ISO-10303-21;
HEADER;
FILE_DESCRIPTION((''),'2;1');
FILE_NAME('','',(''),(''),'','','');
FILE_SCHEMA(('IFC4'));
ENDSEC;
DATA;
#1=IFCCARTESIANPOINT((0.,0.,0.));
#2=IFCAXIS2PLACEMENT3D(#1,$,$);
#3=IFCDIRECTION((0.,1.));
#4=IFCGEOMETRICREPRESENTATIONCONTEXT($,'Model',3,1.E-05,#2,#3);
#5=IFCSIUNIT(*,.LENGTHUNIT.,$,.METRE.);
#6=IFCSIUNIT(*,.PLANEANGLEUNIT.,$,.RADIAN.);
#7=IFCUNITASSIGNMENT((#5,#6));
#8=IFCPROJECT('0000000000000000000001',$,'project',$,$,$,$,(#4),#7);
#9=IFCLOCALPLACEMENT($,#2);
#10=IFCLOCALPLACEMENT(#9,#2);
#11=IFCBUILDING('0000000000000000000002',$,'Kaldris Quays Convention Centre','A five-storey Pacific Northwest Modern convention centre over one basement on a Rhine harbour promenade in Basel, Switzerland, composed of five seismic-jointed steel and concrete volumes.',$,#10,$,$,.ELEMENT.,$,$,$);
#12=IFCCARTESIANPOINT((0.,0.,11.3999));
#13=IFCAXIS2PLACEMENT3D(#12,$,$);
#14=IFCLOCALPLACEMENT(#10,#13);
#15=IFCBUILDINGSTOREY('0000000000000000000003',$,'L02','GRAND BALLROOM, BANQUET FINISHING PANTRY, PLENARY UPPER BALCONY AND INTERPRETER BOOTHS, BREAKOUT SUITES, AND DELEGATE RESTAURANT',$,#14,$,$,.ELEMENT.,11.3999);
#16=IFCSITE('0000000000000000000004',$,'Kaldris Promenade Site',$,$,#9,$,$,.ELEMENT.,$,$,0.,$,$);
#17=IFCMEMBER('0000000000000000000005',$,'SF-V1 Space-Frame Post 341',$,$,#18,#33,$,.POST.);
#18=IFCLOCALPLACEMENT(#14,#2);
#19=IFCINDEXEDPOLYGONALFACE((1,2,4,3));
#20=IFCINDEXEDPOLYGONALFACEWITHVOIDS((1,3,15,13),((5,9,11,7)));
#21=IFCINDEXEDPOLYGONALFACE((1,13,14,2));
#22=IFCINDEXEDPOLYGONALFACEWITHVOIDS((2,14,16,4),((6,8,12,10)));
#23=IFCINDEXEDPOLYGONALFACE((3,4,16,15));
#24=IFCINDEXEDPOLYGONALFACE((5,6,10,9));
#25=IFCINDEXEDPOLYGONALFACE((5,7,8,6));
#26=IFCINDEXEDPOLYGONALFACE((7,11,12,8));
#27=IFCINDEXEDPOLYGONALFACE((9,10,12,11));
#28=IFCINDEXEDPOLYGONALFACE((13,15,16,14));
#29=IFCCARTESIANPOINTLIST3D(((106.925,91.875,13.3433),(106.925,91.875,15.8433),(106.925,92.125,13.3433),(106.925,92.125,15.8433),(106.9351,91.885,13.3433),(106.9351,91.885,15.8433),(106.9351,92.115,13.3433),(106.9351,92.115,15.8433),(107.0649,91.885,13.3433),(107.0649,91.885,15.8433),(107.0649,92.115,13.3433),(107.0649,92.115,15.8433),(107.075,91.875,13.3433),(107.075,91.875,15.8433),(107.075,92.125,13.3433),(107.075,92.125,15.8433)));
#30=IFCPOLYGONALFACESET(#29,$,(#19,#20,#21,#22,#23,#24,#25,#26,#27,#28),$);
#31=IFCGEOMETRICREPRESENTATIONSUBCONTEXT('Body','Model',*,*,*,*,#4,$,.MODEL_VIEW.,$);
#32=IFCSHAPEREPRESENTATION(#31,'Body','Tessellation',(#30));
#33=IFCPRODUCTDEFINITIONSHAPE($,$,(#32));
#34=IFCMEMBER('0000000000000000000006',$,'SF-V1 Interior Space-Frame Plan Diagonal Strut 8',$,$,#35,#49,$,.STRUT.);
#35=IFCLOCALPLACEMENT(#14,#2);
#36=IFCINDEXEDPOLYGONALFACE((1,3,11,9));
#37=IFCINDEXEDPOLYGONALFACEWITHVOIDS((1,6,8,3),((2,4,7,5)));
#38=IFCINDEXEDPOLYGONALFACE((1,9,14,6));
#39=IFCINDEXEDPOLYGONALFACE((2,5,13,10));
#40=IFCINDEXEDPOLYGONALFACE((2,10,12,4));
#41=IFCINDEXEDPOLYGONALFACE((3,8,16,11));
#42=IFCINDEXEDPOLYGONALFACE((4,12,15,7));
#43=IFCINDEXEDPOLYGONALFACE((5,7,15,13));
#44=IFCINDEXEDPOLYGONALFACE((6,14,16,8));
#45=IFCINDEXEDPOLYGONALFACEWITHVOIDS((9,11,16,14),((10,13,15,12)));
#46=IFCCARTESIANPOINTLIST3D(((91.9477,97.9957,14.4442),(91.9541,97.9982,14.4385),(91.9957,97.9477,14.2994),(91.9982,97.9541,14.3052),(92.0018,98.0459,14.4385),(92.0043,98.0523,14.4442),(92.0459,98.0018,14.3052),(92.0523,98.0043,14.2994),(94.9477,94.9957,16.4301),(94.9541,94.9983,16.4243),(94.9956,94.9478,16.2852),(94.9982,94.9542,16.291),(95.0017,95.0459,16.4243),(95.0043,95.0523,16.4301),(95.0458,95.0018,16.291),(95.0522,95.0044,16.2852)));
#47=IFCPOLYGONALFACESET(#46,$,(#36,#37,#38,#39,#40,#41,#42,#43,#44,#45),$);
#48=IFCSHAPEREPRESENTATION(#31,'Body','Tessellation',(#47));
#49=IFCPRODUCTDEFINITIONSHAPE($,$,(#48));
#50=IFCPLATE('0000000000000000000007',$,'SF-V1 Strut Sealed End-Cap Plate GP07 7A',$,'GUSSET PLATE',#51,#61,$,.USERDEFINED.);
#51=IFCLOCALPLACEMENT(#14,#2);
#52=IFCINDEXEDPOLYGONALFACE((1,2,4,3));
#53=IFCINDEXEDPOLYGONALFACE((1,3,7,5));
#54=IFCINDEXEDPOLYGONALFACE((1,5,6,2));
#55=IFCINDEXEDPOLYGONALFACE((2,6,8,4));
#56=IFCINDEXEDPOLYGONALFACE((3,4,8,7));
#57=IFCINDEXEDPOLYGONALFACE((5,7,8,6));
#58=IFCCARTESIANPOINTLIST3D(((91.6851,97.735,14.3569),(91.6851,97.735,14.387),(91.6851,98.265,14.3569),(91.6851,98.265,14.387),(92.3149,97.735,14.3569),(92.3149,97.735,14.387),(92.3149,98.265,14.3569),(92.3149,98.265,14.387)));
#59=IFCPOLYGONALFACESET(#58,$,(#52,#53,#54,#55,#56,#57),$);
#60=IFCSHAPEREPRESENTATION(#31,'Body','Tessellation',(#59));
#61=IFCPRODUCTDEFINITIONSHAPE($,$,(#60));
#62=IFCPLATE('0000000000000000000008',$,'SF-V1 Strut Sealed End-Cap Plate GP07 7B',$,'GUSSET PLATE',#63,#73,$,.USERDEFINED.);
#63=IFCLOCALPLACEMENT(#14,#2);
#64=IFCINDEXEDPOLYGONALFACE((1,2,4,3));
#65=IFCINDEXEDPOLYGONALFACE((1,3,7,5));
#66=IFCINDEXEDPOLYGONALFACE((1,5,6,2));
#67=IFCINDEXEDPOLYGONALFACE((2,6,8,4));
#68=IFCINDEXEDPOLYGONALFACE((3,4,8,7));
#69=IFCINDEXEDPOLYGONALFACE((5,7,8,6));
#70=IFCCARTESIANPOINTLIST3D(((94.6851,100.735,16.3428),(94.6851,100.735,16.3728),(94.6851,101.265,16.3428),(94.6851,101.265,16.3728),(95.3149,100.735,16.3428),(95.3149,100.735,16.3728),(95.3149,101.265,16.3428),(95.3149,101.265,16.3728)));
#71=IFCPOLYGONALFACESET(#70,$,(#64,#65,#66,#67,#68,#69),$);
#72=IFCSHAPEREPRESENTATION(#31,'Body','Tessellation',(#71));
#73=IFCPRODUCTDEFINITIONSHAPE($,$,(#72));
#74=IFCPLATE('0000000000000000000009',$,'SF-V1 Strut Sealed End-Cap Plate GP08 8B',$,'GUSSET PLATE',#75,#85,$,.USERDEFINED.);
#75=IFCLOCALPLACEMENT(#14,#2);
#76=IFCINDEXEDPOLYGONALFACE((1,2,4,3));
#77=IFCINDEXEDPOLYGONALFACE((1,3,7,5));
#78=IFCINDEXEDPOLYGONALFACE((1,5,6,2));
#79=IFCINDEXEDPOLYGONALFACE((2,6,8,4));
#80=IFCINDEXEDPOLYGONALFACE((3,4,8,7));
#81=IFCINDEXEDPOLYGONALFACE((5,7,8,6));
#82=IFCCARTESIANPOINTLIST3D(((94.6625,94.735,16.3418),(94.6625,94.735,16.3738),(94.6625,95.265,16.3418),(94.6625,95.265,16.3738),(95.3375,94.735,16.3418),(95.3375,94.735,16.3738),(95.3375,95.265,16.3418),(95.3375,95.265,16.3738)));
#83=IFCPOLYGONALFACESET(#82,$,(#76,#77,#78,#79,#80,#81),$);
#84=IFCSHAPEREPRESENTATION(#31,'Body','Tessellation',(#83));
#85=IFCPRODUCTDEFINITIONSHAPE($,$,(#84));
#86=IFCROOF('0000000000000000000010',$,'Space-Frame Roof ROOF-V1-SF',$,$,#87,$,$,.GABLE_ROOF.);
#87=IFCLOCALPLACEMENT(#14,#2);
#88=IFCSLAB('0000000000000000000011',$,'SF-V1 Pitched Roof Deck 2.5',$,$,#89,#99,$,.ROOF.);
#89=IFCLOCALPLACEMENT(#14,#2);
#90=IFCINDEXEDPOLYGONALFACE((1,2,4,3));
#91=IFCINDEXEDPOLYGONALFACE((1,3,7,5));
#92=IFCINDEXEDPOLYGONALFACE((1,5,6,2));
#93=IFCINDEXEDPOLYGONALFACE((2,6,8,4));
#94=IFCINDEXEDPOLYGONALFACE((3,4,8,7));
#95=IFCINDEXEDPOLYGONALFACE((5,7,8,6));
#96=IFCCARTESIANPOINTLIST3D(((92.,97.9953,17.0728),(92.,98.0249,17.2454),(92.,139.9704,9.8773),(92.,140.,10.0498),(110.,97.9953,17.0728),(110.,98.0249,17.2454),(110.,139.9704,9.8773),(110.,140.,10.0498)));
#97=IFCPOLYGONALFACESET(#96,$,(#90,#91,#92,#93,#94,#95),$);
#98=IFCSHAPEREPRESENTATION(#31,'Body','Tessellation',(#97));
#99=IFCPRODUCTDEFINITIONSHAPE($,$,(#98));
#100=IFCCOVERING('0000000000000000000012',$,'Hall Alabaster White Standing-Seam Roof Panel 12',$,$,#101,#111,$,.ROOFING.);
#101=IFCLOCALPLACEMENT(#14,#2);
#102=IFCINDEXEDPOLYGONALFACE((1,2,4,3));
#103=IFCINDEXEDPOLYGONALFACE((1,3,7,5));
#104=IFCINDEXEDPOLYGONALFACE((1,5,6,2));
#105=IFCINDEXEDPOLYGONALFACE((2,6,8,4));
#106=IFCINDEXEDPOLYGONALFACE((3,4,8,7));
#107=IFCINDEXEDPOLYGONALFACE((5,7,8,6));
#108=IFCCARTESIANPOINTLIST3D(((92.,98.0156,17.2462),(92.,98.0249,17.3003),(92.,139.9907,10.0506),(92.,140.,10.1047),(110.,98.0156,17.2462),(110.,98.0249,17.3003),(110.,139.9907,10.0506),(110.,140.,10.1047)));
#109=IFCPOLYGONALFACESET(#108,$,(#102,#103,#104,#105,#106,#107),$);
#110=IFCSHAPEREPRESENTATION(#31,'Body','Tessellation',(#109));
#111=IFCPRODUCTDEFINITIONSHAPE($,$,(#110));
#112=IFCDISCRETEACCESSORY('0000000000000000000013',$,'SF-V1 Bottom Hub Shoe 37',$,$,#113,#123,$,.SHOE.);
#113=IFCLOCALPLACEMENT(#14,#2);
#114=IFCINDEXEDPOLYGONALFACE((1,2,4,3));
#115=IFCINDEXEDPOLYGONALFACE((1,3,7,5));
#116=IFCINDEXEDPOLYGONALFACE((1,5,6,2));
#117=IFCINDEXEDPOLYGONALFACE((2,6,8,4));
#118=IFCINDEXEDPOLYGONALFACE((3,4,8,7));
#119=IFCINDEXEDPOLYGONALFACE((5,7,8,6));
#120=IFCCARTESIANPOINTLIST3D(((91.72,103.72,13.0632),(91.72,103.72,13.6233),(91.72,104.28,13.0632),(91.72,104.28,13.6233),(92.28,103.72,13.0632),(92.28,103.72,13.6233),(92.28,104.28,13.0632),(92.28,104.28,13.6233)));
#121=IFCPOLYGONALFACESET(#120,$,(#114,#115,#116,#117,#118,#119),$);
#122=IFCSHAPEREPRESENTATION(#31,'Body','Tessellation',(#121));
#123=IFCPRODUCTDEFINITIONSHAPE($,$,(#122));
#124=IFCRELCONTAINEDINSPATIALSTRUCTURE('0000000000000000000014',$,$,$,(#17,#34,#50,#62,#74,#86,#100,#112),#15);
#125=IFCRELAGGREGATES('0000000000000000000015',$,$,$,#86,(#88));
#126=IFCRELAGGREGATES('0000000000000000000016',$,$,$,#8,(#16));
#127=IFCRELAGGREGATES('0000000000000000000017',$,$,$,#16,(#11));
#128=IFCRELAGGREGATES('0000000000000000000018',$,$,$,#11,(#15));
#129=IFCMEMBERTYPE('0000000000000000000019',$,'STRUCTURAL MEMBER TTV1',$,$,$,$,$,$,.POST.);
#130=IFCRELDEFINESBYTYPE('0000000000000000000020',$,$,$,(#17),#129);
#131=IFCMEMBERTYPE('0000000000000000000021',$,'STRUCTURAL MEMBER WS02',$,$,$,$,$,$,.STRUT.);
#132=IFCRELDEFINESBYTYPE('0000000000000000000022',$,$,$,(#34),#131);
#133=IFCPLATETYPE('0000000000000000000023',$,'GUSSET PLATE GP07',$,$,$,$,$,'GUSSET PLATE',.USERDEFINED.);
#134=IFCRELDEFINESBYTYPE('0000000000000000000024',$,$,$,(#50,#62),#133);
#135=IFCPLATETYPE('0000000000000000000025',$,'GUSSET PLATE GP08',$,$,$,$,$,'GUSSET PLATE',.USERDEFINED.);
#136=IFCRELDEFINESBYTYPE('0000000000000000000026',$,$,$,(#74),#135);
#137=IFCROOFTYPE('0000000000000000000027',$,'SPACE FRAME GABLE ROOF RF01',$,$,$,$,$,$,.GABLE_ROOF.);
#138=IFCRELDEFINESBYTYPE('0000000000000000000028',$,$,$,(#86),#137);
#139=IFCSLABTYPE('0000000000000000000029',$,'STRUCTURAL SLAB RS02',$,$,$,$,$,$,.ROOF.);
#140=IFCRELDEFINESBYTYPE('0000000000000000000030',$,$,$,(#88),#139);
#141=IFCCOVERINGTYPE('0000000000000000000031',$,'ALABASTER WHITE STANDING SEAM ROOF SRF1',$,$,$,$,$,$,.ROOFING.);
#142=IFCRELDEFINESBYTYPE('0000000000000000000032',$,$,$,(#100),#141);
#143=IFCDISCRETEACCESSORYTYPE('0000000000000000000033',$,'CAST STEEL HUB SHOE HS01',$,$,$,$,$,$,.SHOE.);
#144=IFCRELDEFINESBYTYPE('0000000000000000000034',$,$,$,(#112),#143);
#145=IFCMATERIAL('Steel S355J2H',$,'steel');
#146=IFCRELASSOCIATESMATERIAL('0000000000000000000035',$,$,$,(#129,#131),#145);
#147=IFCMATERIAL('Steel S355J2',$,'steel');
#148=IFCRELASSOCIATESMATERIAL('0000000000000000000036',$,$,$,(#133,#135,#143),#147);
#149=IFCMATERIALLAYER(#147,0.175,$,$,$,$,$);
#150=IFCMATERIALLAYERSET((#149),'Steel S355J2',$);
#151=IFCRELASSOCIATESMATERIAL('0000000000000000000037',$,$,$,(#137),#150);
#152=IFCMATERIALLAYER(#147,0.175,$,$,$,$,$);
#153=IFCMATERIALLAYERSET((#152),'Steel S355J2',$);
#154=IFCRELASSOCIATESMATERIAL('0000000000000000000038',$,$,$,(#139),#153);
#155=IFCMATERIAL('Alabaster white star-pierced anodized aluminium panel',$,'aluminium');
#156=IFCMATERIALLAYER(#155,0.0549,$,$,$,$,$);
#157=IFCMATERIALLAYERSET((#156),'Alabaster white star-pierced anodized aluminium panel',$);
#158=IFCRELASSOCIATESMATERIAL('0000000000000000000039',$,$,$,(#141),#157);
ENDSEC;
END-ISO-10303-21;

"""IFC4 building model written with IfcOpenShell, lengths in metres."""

from ifc_helpers import new_model, si_unit, direction, frame, origin, origin_2d, place, context, subcontext, project, spatial, polyline, rectangle, hollow_rectangle, outline, extrude, material, layer, layer_set, material_profile, profile_set, type_object, element, aggregate, save


model = new_model("IFC4")

# Units and contexts
model_context = context("Model", 3, precision=1e-05, world=origin(), true_north=direction((0.0, 1.0)))
body_context = subcontext(model_context, "Body", "Model", "MODEL_VIEW")
ifc_project = project(units=[si_unit("LENGTHUNIT", "METRE"), si_unit("PLANEANGLEUNIT", "RADIAN")], contexts=[model_context])

# Site, building, storey
site_placement = place(None, origin())
site = spatial("IfcSite", under=ifc_project, at=site_placement, Name="Kaldris Promenade Site", CompositionType="ELEMENT", RefElevation=0.0)
building_placement = place(site_placement, origin())
building = spatial("IfcBuilding", under=site, at=building_placement, Name="Kaldris Quays Convention Centre", Description="A five-storey Pacific Northwest Modern convention centre over one basement on a Rhine harbour promenade in Basel, Switzerland, composed of five seismic-jointed steel and concrete volumes.", CompositionType="ELEMENT")
storey_placement = place(building_placement, frame((0.0, 0.0, 11.3999)))
storey = spatial("IfcBuildingStorey", under=building, at=storey_placement, Name="L02", Description="GRAND BALLROOM, BANQUET FINISHING PANTRY, PLENARY UPPER BALCONY AND INTERPRETER BOOTHS, BREAKOUT SUITES, AND DELEGATE RESTAURANT", CompositionType="ELEMENT", Elevation=11.3999)

# Members
ifc_material_1 = material(Name="Steel S355J2H", Category="steel")
ifc_material_profile_1 = material_profile(ifc_material_1, hollow_rectangle(XDim=0.1499, YDim=0.25, WallThickness=0.01, at=origin_2d()), Name="RHS 250x150x10")
ifc_profile_set_1 = profile_set([ifc_material_profile_1], Name="Steel S355J2H")
member_type_1 = type_object("IfcMemberType", Name="STRUCTURAL MEMBER TTV1", PredefinedType="POST", material=ifc_profile_set_1)
for number, where, z_axis, x_axis, name in (
    (1, (107.0, 92.0, 13.3433), (0.0, 0.0, 1.0), (1.0, 0.0, 0.0), "SF-V1 Space-Frame Post 341"),
):
    element("IfcMember", number, at=place(storey_placement, frame(where, z_axis=z_axis, x_axis=x_axis)), inside=storey, type_object=member_type_1, Name=name, PredefinedType="POST", context=body_context, shape_type="SweptSolid", body=[
        extrude(hollow_rectangle(XDim=0.1499, YDim=0.25, WallThickness=0.01, at=origin_2d()), origin(), (0.0, 0.0, 1.0), 2.5),
    ])
ifc_material_profile_2 = material_profile(ifc_material_1, hollow_rectangle(XDim=0.0801, YDim=0.1599, WallThickness=0.0063, at=origin_2d()), Name="RHS 160x80x6.3")
ifc_profile_set_2 = profile_set([ifc_material_profile_2], Name="Steel S355J2H")
member_type_2 = type_object("IfcMemberType", Name="STRUCTURAL MEMBER WS02", PredefinedType="STRUT", material=ifc_profile_set_2)
member_1_placement = place(storey_placement, frame((92.0, 98.0, 14.3718), z_axis=(0.640424, -0.640424, 0.423927), x_axis=(0.707107, 0.707107, 0.0)))
element("IfcMember", 2, at=member_1_placement, inside=storey, type_object=member_type_2, Name="SF-V1 Interior Space-Frame Plan Diagonal Strut 8", PredefinedType="STRUT", context=body_context, shape_type="SweptSolid", body=[
    extrude(hollow_rectangle(XDim=0.0801, YDim=0.1599, WallThickness=0.0063, at=origin_2d()), origin(), (0.0, 0.0, 1.0), 4.6843),
])

# Plates
ifc_material_2 = material(Name="Steel S355J2", Category="steel")
plate_type_1 = type_object("IfcPlateType", Name="GUSSET PLATE GP07", ElementType="GUSSET PLATE", PredefinedType="USERDEFINED", material=ifc_material_2)
for number, where, z_axis, x_axis, name in (
    (3, (92.0, 98.0, 14.3569), (0.0, 0.0, 1.0), (1.0, 0.0, 0.0), "SF-V1 Strut Sealed End-Cap Plate GP07 7A"),
    (4, (95.0, 101.0, 16.3428), (0.0, 0.0, 1.0), (1.0, 0.0, 0.0), "SF-V1 Strut Sealed End-Cap Plate GP07 7B"),
):
    element("IfcPlate", number, at=place(storey_placement, frame(where, z_axis=z_axis, x_axis=x_axis)), inside=storey, type_object=plate_type_1, Name=name, ObjectType="GUSSET PLATE", PredefinedType="USERDEFINED", context=body_context, shape_type="SweptSolid", body=[
        extrude(rectangle(XDim=0.6299, YDim=0.53, at=origin_2d()), origin(), (0.0, 0.0, 1.0), 0.03),
    ])
plate_type_2 = type_object("IfcPlateType", Name="GUSSET PLATE GP08", ElementType="GUSSET PLATE", PredefinedType="USERDEFINED", material=ifc_material_2)
plate_placement = place(storey_placement, frame((95.0, 95.0, 16.3418), z_axis=(0.0, 0.0, 1.0), x_axis=(1.0, 0.0, 0.0)))
element("IfcPlate", 5, at=plate_placement, inside=storey, type_object=plate_type_2, Name="SF-V1 Strut Sealed End-Cap Plate GP08 8B", ObjectType="GUSSET PLATE", PredefinedType="USERDEFINED", context=body_context, shape_type="SweptSolid", body=[
    extrude(rectangle(XDim=0.675, YDim=0.53, at=origin_2d()), origin(), (0.0, 0.0, 1.0), 0.032),
])

# Roof, slab
ifc_layer_1 = layer(ifc_material_2, 0.175)
ifc_layer_set_1 = layer_set([ifc_layer_1], Name="Steel S355J2")
roof_type = type_object("IfcRoofType", Name="SPACE FRAME GABLE ROOF RF01", PredefinedType="GABLE_ROOF", material=ifc_layer_set_1)
roof_placement = place(storey_placement, origin())
roof = element("IfcRoof", 6, at=roof_placement, inside=storey, type_object=roof_type, Name="Space-Frame Roof ROOF-V1-SF", PredefinedType="GABLE_ROOF")
ifc_layer_2 = layer(ifc_material_2, 0.175)
ifc_layer_set_2 = layer_set([ifc_layer_2], Name="Steel S355J2")
slab_type = type_object("IfcSlabType", Name="STRUCTURAL SLAB RS02", PredefinedType="ROOF", material=ifc_layer_set_2)
slab_placement = place(storey_placement, frame((92.0, 98.0249, 17.2454), z_axis=(0.0, 0.16896, 0.985623), x_axis=(1.0, 0.0, 0.0)))
slab = element("IfcSlab", 7, at=slab_placement, type_object=slab_type, Name="SF-V1 Pitched Roof Deck 2.5", PredefinedType="ROOF", context=body_context, shape_type="SweptSolid", body=[
    extrude(outline(polyline([(0.0, 0.0), (18.0, 0.0), (18.0, 42.5874), (0.0, 42.5874), (0.0, 0.0)])), origin(), (0.0, 0.0, -1.0), 0.175),
])
aggregate(roof, [slab])

# Covering
ifc_material_3 = material(Name="Alabaster white star-pierced anodized aluminium panel", Category="aluminium")
ifc_layer_3 = layer(ifc_material_3, 0.0549)
ifc_layer_set_3 = layer_set([ifc_layer_3], Name="Alabaster white star-pierced anodized aluminium panel")
covering_type = type_object("IfcCoveringType", Name="ALABASTER WHITE STANDING SEAM ROOF SRF1", PredefinedType="ROOFING", material=ifc_layer_set_3)
covering_placement = place(storey_placement, frame((92.0, 98.0249, 17.3003), z_axis=(0.0, 0.16896, 0.985623), x_axis=(1.0, 0.0, 0.0)))
element("IfcCovering", 8, at=covering_placement, inside=storey, type_object=covering_type, Name="Hall Alabaster White Standing-Seam Roof Panel 12", PredefinedType="ROOFING", context=body_context, shape_type="SweptSolid", body=[
    extrude(outline(polyline([(0.0, 0.0), (18.0, 0.0), (18.0, 42.5874), (0.0, 42.5874), (0.0, 0.0)])), origin(), (0.0, 0.0, -1.0), 0.0549),
])

# Discrete accessory
discrete_accessory_type = type_object("IfcDiscreteAccessoryType", Name="CAST STEEL HUB SHOE HS01", PredefinedType="SHOE", material=ifc_material_2)
discrete_accessory_placement = place(storey_placement, frame((92.0, 104.0, 13.0632), z_axis=(0.0, 0.0, 1.0), x_axis=(1.0, 0.0, 0.0)))
element("IfcDiscreteAccessory", 9, at=discrete_accessory_placement, inside=storey, type_object=discrete_accessory_type, Name="SF-V1 Bottom Hub Shoe 37", PredefinedType="SHOE", context=body_context, shape_type="SweptSolid", body=[
    extrude(rectangle(XDim=0.5601, YDim=0.5601, at=origin_2d()), origin(), (0.0, 0.0, 1.0), 0.5601),
])

save(model, "model.ifc")
